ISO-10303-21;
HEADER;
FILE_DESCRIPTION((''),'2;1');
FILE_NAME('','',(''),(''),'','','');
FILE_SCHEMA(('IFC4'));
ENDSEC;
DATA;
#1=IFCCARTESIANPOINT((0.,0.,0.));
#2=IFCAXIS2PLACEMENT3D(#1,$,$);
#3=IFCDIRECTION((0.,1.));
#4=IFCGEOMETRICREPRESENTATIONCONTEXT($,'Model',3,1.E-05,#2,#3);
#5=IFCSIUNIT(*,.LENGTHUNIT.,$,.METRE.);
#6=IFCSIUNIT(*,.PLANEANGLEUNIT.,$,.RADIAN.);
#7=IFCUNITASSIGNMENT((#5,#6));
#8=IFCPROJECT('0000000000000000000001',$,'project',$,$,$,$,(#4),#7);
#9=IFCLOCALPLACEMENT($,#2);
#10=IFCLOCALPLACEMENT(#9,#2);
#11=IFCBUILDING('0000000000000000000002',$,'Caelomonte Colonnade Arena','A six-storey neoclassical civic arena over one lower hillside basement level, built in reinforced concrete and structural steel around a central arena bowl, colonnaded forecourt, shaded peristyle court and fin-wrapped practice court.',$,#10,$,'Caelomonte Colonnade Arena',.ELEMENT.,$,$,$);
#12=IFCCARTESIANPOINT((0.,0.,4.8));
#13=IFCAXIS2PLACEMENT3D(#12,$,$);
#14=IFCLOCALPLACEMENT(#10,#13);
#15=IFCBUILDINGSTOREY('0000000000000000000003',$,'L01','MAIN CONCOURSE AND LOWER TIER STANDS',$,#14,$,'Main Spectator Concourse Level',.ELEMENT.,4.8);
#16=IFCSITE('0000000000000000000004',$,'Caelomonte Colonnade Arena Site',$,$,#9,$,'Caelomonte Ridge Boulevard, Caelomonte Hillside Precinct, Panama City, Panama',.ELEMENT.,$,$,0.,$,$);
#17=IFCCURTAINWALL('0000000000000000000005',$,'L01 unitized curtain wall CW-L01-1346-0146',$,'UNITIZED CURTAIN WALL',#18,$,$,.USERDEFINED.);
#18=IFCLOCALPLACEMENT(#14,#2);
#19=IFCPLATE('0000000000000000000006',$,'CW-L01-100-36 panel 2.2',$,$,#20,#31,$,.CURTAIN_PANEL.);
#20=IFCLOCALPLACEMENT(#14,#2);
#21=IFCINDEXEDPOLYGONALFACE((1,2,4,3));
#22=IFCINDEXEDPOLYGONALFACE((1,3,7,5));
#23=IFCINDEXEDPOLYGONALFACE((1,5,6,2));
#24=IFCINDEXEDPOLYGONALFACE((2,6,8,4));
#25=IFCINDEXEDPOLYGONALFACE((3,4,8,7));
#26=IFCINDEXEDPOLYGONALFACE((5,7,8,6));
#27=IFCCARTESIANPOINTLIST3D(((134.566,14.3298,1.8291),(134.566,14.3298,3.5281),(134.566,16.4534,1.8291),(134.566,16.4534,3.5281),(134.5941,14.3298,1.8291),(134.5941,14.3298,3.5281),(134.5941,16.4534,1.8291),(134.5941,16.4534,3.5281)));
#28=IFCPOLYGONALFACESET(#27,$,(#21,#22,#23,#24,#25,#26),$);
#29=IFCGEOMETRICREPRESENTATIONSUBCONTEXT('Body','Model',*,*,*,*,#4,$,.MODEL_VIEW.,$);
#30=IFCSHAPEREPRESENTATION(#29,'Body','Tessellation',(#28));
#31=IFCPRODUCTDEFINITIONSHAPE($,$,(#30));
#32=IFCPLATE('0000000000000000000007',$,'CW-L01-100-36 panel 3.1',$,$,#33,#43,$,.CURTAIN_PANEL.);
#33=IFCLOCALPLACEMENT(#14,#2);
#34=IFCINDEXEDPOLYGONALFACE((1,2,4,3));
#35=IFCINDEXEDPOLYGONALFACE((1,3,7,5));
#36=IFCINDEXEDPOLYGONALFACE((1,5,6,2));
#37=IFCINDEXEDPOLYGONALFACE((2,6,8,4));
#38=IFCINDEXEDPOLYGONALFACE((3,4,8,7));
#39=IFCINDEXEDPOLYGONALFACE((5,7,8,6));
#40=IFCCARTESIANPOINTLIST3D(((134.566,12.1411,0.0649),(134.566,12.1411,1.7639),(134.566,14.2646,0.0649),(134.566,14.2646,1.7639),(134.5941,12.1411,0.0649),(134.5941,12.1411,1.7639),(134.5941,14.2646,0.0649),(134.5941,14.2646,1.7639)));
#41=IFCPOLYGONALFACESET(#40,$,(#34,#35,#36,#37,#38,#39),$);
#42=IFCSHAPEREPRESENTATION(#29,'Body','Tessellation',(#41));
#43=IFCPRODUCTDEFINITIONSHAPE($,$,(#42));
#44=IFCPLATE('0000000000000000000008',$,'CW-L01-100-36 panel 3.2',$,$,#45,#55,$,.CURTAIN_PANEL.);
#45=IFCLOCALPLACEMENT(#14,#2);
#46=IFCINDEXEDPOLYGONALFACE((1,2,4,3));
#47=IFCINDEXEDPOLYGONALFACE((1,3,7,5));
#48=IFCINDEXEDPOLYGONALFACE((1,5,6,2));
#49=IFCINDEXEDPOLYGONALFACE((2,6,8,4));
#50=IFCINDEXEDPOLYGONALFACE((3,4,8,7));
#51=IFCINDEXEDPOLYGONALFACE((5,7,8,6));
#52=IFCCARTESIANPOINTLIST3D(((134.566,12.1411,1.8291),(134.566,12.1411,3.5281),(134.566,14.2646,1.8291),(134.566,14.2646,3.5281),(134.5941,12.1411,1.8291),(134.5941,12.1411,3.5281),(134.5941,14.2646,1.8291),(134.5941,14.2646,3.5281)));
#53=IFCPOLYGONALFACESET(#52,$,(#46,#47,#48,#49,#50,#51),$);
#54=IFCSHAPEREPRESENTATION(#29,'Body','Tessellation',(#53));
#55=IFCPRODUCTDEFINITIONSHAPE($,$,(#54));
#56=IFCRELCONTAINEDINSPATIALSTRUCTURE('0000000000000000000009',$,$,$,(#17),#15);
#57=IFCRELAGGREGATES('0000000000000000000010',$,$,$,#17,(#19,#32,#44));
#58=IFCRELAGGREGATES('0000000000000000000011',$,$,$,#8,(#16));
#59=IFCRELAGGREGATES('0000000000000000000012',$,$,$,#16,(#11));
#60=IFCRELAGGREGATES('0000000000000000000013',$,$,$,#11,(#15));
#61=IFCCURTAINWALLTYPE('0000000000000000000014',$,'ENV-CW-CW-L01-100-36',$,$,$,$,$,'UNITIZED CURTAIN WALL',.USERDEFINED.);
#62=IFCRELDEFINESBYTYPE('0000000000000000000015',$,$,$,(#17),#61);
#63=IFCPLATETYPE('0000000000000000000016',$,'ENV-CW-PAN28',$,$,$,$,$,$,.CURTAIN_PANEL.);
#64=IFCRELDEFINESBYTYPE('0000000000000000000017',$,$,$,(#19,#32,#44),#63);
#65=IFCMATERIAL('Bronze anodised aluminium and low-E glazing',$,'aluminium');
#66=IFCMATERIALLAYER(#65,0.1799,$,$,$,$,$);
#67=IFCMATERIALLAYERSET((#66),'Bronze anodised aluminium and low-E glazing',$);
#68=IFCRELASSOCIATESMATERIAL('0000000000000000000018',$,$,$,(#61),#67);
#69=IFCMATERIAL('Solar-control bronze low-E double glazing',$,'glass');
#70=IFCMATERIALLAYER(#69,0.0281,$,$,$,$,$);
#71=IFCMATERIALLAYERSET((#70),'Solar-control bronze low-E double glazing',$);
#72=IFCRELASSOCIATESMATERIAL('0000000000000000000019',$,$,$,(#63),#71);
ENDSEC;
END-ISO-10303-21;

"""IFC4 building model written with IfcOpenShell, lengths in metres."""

from ifc_helpers import new_model, si_unit, direction, frame, origin, origin_2d, place, context, subcontext, project, spatial, rectangle, extrude, material, layer, layer_set, type_object, element, aggregate, save


model = new_model("IFC4")

# Units and contexts
model_context = context("Model", 3, precision=1e-05, world=origin(), true_north=direction((0.0, 1.0)))
body_context = subcontext(model_context, "Body", "Model", "MODEL_VIEW")
ifc_project = project(units=[si_unit("LENGTHUNIT", "METRE"), si_unit("PLANEANGLEUNIT", "RADIAN")], contexts=[model_context])

# Site, building, storey
site_placement = place(None, origin())
site = spatial("IfcSite", under=ifc_project, at=site_placement, Name="Caelomonte Colonnade Arena Site", LongName="Caelomonte Ridge Boulevard, Caelomonte Hillside Precinct, Panama City, Panama", CompositionType="ELEMENT", RefElevation=0.0)
building_placement = place(site_placement, origin())
building = spatial("IfcBuilding", under=site, at=building_placement, Name="Caelomonte Colonnade Arena", Description="A six-storey neoclassical civic arena over one lower hillside basement level, built in reinforced concrete and structural steel around a central arena bowl, colonnaded forecourt, shaded peristyle court and fin-wrapped practice court.", LongName="Caelomonte Colonnade Arena", CompositionType="ELEMENT")
storey_placement = place(building_placement, frame((0.0, 0.0, 4.8)))
storey = spatial("IfcBuildingStorey", under=building, at=storey_placement, Name="L01", Description="MAIN CONCOURSE AND LOWER TIER STANDS", LongName="Main Spectator Concourse Level", CompositionType="ELEMENT", Elevation=4.8)

# Curtain wall
ifc_material_1 = material(Name="Bronze anodised aluminium and low-E glazing", Category="aluminium")
ifc_layer_1 = layer(ifc_material_1, 0.1799)
ifc_layer_set_1 = layer_set([ifc_layer_1], Name="Bronze anodised aluminium and low-E glazing")
curtain_wall_type = type_object("IfcCurtainWallType", Name="ENV-CW-CW-L01-100-36", ElementType="UNITIZED CURTAIN WALL", PredefinedType="USERDEFINED", material=ifc_layer_set_1)
curtain_wall_placement = place(storey_placement, origin())
curtain_wall = element("IfcCurtainWall", 1, at=curtain_wall_placement, inside=storey, type_object=curtain_wall_type, Name="L01 unitized curtain wall CW-L01-1346-0146", ObjectType="UNITIZED CURTAIN WALL", PredefinedType="USERDEFINED")

# Plates
ifc_material_2 = material(Name="Solar-control bronze low-E double glazing", Category="glass")
ifc_layer_2 = layer(ifc_material_2, 0.0281)
ifc_layer_set_2 = layer_set([ifc_layer_2], Name="Solar-control bronze low-E double glazing")
plate_type = type_object("IfcPlateType", Name="ENV-CW-PAN28", PredefinedType="CURTAIN_PANEL", material=ifc_layer_set_2)
plate_1_placement = place(storey_placement, frame((134.5801, 15.3916, 1.8291), z_axis=(0.0, 0.0, 1.0), x_axis=(0.0, -1.0, 0.0)))
plate_1 = element("IfcPlate", 2, at=plate_1_placement, type_object=plate_type, Name="CW-L01-100-36 panel 2.2", PredefinedType="CURTAIN_PANEL", context=body_context, shape_type="SweptSolid", body=[
    extrude(rectangle(XDim=2.1235, YDim=0.0281, at=origin_2d()), origin(), (0.0, 0.0, 1.0), 1.699),
])
plate_2_placement = place(storey_placement, frame((134.5801, 13.2029, 0.0649), z_axis=(0.0, 0.0, 1.0), x_axis=(0.0, -1.0, 0.0)))
plate_2 = element("IfcPlate", 3, at=plate_2_placement, type_object=plate_type, Name="CW-L01-100-36 panel 3.1", PredefinedType="CURTAIN_PANEL", context=body_context, shape_type="SweptSolid", body=[
    extrude(rectangle(XDim=2.1235, YDim=0.0281, at=origin_2d()), origin(), (0.0, 0.0, 1.0), 1.699),
])
plate_3_placement = place(storey_placement, frame((134.5801, 13.2029, 1.8291), z_axis=(0.0, 0.0, 1.0), x_axis=(0.0, -1.0, 0.0)))
plate_3 = element("IfcPlate", 4, at=plate_3_placement, type_object=plate_type, Name="CW-L01-100-36 panel 3.2", PredefinedType="CURTAIN_PANEL", context=body_context, shape_type="SweptSolid", body=[
    extrude(rectangle(XDim=2.1235, YDim=0.0281, at=origin_2d()), origin(), (0.0, 0.0, 1.0), 1.699),
])
aggregate(curtain_wall, [plate_1, plate_2, plate_3])

save(model, "model.ifc")
